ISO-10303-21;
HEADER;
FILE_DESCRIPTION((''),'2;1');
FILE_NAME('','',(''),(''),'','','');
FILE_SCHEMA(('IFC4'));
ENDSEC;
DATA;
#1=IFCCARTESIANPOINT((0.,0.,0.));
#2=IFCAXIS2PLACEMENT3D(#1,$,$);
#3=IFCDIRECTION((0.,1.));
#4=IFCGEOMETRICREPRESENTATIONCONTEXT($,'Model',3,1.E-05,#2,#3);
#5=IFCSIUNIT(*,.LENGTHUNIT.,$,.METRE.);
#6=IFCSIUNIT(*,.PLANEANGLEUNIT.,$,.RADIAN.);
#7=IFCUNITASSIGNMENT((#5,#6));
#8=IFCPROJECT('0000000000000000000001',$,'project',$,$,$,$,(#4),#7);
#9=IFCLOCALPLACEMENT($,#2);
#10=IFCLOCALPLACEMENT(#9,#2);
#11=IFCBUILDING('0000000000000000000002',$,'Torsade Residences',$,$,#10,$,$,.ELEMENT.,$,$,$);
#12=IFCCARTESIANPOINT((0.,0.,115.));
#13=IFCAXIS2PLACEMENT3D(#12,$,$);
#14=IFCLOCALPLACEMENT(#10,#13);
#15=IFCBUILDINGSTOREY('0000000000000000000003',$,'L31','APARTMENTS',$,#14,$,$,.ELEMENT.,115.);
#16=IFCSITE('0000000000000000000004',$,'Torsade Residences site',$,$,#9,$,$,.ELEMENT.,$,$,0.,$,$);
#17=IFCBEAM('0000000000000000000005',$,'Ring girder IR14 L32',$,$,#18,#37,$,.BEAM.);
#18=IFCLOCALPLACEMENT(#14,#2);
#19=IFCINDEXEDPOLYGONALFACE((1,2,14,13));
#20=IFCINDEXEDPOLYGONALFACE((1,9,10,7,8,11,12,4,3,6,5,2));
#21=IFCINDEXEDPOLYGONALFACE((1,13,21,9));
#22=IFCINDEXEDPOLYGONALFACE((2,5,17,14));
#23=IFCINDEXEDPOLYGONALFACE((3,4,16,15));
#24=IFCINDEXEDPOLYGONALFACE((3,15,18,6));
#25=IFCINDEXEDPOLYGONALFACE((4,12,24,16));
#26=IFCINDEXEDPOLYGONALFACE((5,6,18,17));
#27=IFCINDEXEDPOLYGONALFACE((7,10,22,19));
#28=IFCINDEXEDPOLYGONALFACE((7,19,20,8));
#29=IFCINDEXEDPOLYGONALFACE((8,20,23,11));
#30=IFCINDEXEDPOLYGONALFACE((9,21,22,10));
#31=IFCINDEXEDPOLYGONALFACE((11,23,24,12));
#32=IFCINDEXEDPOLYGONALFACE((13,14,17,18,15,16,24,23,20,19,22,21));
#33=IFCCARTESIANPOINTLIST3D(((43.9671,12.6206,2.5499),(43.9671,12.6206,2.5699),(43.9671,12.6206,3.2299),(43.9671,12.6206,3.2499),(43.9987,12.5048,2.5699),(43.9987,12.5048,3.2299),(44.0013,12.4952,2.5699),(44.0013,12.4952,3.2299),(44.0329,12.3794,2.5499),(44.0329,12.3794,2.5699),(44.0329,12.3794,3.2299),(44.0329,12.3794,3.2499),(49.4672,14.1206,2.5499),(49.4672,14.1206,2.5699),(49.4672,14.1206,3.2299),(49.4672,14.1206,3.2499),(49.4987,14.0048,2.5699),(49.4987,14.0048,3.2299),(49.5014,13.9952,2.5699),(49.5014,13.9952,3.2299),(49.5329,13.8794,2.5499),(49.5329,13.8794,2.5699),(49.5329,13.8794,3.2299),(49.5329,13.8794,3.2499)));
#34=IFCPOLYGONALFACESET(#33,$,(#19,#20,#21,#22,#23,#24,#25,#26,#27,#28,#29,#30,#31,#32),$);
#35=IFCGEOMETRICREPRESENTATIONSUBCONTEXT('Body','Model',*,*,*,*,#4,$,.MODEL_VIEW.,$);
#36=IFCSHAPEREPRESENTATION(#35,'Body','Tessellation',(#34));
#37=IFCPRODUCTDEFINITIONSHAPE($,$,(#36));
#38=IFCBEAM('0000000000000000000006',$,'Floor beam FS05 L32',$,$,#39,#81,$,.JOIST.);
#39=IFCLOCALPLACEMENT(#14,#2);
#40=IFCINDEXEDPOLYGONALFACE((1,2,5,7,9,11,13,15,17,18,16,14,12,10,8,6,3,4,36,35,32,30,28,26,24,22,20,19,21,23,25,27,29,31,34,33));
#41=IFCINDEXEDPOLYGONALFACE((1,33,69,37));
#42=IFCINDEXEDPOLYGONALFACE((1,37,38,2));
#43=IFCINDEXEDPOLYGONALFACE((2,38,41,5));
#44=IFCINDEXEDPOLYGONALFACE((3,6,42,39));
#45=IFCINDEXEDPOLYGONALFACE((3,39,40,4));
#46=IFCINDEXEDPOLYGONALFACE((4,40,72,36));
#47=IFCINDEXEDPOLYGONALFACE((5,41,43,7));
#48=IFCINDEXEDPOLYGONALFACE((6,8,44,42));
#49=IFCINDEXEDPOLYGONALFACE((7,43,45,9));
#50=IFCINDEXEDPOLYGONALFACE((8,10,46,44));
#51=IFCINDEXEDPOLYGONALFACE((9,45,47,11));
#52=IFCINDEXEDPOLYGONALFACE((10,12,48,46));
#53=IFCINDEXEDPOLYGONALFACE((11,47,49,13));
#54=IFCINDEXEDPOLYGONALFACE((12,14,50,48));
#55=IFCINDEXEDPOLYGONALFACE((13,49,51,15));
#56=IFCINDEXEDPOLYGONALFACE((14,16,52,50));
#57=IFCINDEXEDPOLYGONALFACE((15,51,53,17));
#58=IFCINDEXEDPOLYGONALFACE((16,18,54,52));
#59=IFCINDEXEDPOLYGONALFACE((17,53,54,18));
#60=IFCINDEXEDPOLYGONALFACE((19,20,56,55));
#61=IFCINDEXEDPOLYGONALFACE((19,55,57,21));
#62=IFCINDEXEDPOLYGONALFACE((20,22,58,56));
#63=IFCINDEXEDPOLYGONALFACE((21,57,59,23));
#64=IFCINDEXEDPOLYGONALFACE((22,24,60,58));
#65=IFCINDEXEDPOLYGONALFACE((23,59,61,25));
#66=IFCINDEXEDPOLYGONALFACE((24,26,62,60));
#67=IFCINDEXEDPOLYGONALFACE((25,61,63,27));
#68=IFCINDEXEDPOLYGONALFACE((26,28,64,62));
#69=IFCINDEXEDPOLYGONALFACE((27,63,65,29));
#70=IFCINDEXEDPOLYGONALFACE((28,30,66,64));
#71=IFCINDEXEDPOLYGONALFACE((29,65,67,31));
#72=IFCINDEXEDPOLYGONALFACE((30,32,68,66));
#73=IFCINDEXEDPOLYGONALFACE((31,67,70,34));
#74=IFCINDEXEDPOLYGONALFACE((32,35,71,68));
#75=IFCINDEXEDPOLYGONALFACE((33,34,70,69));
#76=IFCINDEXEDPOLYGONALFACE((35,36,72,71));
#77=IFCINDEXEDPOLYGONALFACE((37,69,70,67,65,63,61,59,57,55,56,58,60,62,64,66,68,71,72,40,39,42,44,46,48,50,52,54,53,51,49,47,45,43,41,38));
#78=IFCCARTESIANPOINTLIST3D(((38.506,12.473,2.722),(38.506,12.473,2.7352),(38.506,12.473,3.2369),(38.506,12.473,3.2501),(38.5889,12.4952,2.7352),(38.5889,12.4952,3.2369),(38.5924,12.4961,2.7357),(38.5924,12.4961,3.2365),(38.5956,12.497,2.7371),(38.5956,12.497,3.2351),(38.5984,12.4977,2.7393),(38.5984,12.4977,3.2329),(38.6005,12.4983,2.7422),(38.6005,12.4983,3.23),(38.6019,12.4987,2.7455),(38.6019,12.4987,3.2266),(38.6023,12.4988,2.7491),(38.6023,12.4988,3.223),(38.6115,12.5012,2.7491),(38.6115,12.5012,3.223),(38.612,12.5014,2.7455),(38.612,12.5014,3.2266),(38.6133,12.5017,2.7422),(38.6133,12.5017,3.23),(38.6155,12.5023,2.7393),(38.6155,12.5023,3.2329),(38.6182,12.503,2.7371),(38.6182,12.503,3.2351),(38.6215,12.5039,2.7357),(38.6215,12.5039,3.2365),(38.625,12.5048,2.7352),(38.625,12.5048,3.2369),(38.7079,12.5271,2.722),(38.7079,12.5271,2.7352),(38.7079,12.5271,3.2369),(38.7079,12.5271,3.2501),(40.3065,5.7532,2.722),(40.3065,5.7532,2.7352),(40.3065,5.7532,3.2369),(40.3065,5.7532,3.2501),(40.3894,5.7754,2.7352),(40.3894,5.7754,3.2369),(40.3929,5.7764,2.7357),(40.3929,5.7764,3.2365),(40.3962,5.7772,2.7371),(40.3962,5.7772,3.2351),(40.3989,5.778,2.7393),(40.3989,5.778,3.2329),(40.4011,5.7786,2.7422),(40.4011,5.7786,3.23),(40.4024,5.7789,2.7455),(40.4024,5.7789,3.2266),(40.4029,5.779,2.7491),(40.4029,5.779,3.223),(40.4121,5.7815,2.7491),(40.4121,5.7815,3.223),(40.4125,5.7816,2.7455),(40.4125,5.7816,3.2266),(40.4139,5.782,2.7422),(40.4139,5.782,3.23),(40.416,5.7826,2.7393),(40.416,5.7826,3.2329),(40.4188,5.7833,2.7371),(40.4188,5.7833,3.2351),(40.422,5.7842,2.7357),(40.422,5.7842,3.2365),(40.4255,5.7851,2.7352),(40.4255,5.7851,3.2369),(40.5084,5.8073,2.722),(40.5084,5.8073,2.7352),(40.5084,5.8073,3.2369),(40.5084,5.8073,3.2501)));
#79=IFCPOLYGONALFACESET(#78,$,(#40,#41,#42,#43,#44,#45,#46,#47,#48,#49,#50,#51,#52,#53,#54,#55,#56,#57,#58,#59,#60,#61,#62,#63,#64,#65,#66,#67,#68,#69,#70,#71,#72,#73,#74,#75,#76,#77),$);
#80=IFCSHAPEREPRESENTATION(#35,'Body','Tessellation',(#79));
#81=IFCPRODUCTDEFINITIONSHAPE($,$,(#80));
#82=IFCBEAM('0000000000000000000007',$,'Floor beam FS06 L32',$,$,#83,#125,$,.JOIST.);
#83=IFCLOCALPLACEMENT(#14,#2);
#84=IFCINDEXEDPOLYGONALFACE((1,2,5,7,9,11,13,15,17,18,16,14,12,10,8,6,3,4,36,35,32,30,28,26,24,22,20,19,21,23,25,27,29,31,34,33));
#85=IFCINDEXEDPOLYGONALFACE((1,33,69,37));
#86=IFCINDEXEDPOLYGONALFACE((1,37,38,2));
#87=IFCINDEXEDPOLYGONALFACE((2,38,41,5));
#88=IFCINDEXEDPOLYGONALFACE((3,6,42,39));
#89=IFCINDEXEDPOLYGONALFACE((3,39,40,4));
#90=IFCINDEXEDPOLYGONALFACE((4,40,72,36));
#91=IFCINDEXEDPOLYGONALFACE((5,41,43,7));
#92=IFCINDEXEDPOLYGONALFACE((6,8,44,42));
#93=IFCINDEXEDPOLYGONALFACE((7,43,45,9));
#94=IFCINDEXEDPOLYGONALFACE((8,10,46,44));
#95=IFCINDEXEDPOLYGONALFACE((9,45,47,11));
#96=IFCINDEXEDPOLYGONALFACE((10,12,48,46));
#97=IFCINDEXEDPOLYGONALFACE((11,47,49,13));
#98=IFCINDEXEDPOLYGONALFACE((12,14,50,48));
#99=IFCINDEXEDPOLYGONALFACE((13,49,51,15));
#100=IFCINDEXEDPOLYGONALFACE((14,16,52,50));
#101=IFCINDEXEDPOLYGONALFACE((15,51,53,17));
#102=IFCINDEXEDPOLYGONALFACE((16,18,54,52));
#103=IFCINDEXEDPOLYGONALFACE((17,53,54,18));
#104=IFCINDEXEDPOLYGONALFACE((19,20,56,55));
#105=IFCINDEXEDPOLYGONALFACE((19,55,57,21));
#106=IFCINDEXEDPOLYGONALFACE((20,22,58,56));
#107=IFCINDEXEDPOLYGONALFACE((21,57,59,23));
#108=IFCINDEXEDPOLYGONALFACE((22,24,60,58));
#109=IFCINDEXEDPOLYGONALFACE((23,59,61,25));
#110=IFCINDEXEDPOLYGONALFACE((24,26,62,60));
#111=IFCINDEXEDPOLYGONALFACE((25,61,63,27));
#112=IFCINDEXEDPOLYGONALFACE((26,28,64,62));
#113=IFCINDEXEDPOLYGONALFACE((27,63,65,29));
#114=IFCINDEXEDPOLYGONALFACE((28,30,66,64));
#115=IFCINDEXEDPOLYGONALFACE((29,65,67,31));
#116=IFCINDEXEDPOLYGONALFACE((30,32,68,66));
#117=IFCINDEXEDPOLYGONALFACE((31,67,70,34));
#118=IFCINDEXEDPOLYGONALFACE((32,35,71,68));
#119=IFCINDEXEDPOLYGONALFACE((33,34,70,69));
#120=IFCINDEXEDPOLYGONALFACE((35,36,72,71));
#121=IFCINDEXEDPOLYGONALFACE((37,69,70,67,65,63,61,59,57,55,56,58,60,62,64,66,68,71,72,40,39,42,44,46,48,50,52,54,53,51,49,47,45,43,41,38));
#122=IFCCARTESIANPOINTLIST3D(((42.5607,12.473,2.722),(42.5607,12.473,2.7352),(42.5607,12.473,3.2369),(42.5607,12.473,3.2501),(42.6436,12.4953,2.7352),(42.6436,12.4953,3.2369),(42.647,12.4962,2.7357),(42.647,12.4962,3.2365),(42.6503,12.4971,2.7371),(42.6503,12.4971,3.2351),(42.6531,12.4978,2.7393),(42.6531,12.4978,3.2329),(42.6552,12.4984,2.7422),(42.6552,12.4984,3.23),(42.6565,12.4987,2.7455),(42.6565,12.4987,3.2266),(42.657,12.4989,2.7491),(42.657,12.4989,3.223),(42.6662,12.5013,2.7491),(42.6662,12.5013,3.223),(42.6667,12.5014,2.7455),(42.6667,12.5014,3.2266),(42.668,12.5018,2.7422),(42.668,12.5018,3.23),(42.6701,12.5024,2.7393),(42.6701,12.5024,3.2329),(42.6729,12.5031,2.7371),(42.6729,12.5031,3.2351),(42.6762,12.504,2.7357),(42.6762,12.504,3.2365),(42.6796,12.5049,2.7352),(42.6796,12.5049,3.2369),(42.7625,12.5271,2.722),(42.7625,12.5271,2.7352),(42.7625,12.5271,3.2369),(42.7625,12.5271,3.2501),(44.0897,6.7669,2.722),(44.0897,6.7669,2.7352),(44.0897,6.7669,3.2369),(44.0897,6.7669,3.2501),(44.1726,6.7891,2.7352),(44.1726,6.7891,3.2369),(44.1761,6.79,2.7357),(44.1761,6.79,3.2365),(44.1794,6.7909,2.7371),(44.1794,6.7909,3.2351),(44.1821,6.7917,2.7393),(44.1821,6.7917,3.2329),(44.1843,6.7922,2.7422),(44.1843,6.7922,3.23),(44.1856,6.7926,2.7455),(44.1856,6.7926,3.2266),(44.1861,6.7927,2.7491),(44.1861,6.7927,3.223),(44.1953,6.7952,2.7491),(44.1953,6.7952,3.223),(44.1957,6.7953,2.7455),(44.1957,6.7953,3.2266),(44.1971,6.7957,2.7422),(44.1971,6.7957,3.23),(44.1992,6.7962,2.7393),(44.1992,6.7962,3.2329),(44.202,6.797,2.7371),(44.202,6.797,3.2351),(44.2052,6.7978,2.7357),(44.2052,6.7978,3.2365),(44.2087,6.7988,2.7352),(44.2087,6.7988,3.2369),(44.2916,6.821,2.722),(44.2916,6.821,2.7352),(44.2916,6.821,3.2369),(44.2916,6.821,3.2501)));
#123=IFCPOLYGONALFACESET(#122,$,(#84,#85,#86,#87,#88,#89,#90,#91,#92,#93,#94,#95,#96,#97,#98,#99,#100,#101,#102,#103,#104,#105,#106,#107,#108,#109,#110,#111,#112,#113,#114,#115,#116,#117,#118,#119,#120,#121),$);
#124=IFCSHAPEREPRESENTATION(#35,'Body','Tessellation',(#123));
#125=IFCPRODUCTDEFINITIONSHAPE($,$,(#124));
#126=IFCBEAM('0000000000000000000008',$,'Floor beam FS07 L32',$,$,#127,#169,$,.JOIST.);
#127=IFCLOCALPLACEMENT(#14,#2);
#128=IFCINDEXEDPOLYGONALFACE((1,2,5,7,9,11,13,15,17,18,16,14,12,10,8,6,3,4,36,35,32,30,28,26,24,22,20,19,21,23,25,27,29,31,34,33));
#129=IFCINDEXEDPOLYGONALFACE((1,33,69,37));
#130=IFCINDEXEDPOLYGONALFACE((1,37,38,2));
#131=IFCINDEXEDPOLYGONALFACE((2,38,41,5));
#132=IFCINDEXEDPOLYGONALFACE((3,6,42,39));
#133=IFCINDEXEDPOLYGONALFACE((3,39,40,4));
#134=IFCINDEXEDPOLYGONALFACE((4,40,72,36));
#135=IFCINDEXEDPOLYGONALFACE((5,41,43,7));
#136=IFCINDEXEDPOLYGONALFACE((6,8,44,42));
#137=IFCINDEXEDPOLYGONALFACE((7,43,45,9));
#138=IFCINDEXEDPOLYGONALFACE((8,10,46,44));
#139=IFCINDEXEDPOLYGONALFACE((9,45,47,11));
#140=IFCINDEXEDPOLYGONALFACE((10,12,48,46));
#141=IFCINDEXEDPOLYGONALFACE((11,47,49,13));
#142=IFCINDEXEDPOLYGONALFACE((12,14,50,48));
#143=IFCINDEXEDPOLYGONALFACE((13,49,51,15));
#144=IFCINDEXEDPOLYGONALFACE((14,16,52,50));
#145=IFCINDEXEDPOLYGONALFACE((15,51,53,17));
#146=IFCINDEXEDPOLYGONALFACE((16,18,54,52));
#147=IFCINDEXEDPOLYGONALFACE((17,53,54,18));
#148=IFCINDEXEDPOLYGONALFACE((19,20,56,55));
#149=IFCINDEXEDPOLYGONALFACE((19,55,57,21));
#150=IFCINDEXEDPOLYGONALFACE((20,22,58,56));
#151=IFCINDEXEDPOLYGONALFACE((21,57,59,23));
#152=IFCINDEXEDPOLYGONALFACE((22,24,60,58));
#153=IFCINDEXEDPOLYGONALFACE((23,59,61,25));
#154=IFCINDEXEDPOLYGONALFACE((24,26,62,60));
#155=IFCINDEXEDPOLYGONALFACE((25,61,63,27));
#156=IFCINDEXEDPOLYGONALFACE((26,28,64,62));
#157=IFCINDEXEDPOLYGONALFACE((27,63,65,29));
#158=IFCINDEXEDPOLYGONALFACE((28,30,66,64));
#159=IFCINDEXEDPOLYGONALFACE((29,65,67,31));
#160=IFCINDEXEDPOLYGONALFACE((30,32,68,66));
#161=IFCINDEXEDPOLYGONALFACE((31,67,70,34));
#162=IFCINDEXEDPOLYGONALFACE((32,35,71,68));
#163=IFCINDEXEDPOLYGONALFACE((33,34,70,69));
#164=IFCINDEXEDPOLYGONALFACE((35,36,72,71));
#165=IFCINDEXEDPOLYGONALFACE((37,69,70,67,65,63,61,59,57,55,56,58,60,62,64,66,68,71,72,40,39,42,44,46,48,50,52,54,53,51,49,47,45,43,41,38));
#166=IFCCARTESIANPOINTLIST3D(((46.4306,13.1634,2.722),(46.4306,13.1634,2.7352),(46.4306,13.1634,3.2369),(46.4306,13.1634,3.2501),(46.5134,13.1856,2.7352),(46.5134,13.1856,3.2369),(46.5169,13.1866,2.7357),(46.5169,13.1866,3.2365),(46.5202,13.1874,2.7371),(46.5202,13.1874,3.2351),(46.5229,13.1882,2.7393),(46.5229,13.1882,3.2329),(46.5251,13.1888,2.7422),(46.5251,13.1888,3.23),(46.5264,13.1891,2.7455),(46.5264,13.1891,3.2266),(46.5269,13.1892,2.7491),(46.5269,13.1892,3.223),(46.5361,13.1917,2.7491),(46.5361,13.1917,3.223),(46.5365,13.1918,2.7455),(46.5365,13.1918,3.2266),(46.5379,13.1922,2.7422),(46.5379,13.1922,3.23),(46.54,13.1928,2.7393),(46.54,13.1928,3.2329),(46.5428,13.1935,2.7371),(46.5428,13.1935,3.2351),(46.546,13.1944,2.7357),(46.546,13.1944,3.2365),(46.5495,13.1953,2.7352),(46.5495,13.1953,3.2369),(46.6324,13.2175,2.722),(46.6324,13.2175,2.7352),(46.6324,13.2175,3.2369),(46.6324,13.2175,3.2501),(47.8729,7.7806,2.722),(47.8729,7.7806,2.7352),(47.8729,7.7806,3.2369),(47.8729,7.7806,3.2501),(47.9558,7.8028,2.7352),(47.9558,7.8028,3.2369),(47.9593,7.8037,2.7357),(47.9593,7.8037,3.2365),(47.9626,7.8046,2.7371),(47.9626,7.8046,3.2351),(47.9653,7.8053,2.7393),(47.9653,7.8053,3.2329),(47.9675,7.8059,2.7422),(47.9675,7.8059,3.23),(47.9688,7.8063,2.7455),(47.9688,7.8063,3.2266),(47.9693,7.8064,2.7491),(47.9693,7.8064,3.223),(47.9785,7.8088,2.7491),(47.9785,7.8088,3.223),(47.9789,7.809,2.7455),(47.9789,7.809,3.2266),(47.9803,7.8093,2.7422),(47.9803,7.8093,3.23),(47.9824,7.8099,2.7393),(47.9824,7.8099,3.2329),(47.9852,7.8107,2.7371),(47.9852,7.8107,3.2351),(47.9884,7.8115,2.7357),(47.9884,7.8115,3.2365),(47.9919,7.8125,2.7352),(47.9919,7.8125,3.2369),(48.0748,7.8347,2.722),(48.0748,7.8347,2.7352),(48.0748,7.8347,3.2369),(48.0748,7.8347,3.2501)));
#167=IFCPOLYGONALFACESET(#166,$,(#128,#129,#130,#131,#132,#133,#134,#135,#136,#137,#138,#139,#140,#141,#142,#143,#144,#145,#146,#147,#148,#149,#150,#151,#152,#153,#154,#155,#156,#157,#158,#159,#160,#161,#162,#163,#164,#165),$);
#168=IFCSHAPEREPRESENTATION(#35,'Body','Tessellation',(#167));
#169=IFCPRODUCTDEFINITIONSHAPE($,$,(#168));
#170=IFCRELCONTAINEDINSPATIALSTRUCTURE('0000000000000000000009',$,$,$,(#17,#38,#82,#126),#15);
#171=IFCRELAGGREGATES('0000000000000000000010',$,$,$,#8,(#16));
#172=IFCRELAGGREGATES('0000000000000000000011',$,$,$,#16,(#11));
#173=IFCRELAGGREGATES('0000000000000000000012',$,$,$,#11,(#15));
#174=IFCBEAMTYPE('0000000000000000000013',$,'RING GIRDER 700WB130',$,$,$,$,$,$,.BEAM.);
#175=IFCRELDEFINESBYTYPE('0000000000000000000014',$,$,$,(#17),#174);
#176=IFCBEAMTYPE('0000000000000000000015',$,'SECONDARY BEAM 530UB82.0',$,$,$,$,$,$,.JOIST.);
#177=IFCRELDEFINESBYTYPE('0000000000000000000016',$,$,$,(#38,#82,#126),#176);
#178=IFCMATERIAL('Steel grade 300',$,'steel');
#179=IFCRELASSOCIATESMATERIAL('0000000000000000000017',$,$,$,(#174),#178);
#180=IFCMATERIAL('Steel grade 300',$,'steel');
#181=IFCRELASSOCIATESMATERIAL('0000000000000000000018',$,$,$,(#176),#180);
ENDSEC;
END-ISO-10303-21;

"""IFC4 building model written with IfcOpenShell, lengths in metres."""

from ifc_helpers import new_model, si_unit, direction, frame, origin, origin_2d, place, context, subcontext, project, spatial, i_section, extrude, material, material_profile, profile_set, type_object, element, save


model = new_model("IFC4")

# Units and contexts
model_context = context("Model", 3, precision=1e-05, world=origin(), true_north=direction((0.0, 1.0)))
body_context = subcontext(model_context, "Body", "Model", "MODEL_VIEW")
ifc_project = project(units=[si_unit("LENGTHUNIT", "METRE"), si_unit("PLANEANGLEUNIT", "RADIAN")], contexts=[model_context])

# Site, building, storey
site_placement = place(None, origin())
site = spatial("IfcSite", under=ifc_project, at=site_placement, Name="Torsade Residences site", CompositionType="ELEMENT", RefElevation=0.0)
building_placement = place(site_placement, origin())
building = spatial("IfcBuilding", under=site, at=building_placement, Name="Torsade Residences", CompositionType="ELEMENT")
storey_placement = place(building_placement, frame((0.0, 0.0, 115.0)))
storey = spatial("IfcBuildingStorey", under=building, at=storey_placement, Name="L31", Description="APARTMENTS", CompositionType="ELEMENT", Elevation=115.0)

# Beams
ifc_material_1 = material(Name="Steel grade 300", Category="steel")
ifc_material_profile_1 = material_profile(ifc_material_1, i_section(OverallWidth=0.25, OverallDepth=0.7, WebThickness=0.01, FlangeThickness=0.02, at=origin_2d()), Name="700WB130")
ifc_profile_set_1 = profile_set([ifc_material_profile_1], Name="Steel grade 300")
beam_type_1 = type_object("IfcBeamType", Name="RING GIRDER 700WB130", PredefinedType="BEAM", material=ifc_profile_set_1)
beam_1_placement = place(storey_placement, frame((44.0, 12.5, 2.8999), z_axis=(0.964764, 0.263117, 0.0), x_axis=(-0.263117, 0.964764, 0.0)))
element("IfcBeam", 1, at=beam_1_placement, inside=storey, type_object=beam_type_1, Name="Ring girder IR14 L32", PredefinedType="BEAM", context=body_context, shape_type="SweptSolid", body=[
    extrude(i_section(OverallWidth=0.25, OverallDepth=0.7, WebThickness=0.01, FlangeThickness=0.02, at=origin_2d()), origin(), (0.0, 0.0, 1.0), 5.7009),
])
ifc_material_2 = material(Name="Steel grade 300", Category="steel")
ifc_material_profile_2 = material_profile(ifc_material_2, i_section(OverallWidth=0.209, OverallDepth=0.5281, WebThickness=0.0095, FlangeThickness=0.0132, FilletRadius=0.0139, at=origin_2d()), Name="530UB82.0")
ifc_profile_set_2 = profile_set([ifc_material_profile_2], Name="Steel grade 300")
beam_type_2 = type_object("IfcBeamType", Name="SECONDARY BEAM 530UB82.0", PredefinedType="JOIST", material=ifc_profile_set_2)
beam_2_placement = place(storey_placement, frame((40.4075, 5.7803, 2.9861), z_axis=(-0.258818, 0.965926, 0.0), x_axis=(-0.965926, -0.258818, 0.0)))
element("IfcBeam", 2, at=beam_2_placement, inside=storey, type_object=beam_type_2, Name="Floor beam FS05 L32", PredefinedType="JOIST", context=body_context, shape_type="SweptSolid", body=[
    extrude(i_section(OverallWidth=0.209, OverallDepth=0.5281, WebThickness=0.0095, FlangeThickness=0.0132, FilletRadius=0.0139, at=origin_2d()), origin(), (0.0, 0.0, 1.0), 6.9568),
])
beam_3_placement = place(storey_placement, frame((44.1907, 6.7939, 2.9861), z_axis=(-0.258838, 0.965921, 0.0), x_axis=(-0.965921, -0.258838, 0.0)))
element("IfcBeam", 3, at=beam_3_placement, inside=storey, type_object=beam_type_2, Name="Floor beam FS06 L32", PredefinedType="JOIST", context=body_context, shape_type="SweptSolid", body=[
    extrude(i_section(OverallWidth=0.209, OverallDepth=0.5281, WebThickness=0.0095, FlangeThickness=0.0132, FilletRadius=0.0139, at=origin_2d()), origin(), (0.0, 0.0, 1.0), 5.9075),
])
beam_4_placement = place(storey_placement, frame((47.9739, 7.8076, 2.9861), z_axis=(-0.25883, 0.965923, 0.0), x_axis=(-0.965923, -0.25883, 0.0)))
element("IfcBeam", 4, at=beam_4_placement, inside=storey, type_object=beam_type_2, Name="Floor beam FS07 L32", PredefinedType="JOIST", context=body_context, shape_type="SweptSolid", body=[
    extrude(i_section(OverallWidth=0.209, OverallDepth=0.5281, WebThickness=0.0095, FlangeThickness=0.0132, FilletRadius=0.0139, at=origin_2d()), origin(), (0.0, 0.0, 1.0), 5.5728),
])

save(model, "model.ifc")
